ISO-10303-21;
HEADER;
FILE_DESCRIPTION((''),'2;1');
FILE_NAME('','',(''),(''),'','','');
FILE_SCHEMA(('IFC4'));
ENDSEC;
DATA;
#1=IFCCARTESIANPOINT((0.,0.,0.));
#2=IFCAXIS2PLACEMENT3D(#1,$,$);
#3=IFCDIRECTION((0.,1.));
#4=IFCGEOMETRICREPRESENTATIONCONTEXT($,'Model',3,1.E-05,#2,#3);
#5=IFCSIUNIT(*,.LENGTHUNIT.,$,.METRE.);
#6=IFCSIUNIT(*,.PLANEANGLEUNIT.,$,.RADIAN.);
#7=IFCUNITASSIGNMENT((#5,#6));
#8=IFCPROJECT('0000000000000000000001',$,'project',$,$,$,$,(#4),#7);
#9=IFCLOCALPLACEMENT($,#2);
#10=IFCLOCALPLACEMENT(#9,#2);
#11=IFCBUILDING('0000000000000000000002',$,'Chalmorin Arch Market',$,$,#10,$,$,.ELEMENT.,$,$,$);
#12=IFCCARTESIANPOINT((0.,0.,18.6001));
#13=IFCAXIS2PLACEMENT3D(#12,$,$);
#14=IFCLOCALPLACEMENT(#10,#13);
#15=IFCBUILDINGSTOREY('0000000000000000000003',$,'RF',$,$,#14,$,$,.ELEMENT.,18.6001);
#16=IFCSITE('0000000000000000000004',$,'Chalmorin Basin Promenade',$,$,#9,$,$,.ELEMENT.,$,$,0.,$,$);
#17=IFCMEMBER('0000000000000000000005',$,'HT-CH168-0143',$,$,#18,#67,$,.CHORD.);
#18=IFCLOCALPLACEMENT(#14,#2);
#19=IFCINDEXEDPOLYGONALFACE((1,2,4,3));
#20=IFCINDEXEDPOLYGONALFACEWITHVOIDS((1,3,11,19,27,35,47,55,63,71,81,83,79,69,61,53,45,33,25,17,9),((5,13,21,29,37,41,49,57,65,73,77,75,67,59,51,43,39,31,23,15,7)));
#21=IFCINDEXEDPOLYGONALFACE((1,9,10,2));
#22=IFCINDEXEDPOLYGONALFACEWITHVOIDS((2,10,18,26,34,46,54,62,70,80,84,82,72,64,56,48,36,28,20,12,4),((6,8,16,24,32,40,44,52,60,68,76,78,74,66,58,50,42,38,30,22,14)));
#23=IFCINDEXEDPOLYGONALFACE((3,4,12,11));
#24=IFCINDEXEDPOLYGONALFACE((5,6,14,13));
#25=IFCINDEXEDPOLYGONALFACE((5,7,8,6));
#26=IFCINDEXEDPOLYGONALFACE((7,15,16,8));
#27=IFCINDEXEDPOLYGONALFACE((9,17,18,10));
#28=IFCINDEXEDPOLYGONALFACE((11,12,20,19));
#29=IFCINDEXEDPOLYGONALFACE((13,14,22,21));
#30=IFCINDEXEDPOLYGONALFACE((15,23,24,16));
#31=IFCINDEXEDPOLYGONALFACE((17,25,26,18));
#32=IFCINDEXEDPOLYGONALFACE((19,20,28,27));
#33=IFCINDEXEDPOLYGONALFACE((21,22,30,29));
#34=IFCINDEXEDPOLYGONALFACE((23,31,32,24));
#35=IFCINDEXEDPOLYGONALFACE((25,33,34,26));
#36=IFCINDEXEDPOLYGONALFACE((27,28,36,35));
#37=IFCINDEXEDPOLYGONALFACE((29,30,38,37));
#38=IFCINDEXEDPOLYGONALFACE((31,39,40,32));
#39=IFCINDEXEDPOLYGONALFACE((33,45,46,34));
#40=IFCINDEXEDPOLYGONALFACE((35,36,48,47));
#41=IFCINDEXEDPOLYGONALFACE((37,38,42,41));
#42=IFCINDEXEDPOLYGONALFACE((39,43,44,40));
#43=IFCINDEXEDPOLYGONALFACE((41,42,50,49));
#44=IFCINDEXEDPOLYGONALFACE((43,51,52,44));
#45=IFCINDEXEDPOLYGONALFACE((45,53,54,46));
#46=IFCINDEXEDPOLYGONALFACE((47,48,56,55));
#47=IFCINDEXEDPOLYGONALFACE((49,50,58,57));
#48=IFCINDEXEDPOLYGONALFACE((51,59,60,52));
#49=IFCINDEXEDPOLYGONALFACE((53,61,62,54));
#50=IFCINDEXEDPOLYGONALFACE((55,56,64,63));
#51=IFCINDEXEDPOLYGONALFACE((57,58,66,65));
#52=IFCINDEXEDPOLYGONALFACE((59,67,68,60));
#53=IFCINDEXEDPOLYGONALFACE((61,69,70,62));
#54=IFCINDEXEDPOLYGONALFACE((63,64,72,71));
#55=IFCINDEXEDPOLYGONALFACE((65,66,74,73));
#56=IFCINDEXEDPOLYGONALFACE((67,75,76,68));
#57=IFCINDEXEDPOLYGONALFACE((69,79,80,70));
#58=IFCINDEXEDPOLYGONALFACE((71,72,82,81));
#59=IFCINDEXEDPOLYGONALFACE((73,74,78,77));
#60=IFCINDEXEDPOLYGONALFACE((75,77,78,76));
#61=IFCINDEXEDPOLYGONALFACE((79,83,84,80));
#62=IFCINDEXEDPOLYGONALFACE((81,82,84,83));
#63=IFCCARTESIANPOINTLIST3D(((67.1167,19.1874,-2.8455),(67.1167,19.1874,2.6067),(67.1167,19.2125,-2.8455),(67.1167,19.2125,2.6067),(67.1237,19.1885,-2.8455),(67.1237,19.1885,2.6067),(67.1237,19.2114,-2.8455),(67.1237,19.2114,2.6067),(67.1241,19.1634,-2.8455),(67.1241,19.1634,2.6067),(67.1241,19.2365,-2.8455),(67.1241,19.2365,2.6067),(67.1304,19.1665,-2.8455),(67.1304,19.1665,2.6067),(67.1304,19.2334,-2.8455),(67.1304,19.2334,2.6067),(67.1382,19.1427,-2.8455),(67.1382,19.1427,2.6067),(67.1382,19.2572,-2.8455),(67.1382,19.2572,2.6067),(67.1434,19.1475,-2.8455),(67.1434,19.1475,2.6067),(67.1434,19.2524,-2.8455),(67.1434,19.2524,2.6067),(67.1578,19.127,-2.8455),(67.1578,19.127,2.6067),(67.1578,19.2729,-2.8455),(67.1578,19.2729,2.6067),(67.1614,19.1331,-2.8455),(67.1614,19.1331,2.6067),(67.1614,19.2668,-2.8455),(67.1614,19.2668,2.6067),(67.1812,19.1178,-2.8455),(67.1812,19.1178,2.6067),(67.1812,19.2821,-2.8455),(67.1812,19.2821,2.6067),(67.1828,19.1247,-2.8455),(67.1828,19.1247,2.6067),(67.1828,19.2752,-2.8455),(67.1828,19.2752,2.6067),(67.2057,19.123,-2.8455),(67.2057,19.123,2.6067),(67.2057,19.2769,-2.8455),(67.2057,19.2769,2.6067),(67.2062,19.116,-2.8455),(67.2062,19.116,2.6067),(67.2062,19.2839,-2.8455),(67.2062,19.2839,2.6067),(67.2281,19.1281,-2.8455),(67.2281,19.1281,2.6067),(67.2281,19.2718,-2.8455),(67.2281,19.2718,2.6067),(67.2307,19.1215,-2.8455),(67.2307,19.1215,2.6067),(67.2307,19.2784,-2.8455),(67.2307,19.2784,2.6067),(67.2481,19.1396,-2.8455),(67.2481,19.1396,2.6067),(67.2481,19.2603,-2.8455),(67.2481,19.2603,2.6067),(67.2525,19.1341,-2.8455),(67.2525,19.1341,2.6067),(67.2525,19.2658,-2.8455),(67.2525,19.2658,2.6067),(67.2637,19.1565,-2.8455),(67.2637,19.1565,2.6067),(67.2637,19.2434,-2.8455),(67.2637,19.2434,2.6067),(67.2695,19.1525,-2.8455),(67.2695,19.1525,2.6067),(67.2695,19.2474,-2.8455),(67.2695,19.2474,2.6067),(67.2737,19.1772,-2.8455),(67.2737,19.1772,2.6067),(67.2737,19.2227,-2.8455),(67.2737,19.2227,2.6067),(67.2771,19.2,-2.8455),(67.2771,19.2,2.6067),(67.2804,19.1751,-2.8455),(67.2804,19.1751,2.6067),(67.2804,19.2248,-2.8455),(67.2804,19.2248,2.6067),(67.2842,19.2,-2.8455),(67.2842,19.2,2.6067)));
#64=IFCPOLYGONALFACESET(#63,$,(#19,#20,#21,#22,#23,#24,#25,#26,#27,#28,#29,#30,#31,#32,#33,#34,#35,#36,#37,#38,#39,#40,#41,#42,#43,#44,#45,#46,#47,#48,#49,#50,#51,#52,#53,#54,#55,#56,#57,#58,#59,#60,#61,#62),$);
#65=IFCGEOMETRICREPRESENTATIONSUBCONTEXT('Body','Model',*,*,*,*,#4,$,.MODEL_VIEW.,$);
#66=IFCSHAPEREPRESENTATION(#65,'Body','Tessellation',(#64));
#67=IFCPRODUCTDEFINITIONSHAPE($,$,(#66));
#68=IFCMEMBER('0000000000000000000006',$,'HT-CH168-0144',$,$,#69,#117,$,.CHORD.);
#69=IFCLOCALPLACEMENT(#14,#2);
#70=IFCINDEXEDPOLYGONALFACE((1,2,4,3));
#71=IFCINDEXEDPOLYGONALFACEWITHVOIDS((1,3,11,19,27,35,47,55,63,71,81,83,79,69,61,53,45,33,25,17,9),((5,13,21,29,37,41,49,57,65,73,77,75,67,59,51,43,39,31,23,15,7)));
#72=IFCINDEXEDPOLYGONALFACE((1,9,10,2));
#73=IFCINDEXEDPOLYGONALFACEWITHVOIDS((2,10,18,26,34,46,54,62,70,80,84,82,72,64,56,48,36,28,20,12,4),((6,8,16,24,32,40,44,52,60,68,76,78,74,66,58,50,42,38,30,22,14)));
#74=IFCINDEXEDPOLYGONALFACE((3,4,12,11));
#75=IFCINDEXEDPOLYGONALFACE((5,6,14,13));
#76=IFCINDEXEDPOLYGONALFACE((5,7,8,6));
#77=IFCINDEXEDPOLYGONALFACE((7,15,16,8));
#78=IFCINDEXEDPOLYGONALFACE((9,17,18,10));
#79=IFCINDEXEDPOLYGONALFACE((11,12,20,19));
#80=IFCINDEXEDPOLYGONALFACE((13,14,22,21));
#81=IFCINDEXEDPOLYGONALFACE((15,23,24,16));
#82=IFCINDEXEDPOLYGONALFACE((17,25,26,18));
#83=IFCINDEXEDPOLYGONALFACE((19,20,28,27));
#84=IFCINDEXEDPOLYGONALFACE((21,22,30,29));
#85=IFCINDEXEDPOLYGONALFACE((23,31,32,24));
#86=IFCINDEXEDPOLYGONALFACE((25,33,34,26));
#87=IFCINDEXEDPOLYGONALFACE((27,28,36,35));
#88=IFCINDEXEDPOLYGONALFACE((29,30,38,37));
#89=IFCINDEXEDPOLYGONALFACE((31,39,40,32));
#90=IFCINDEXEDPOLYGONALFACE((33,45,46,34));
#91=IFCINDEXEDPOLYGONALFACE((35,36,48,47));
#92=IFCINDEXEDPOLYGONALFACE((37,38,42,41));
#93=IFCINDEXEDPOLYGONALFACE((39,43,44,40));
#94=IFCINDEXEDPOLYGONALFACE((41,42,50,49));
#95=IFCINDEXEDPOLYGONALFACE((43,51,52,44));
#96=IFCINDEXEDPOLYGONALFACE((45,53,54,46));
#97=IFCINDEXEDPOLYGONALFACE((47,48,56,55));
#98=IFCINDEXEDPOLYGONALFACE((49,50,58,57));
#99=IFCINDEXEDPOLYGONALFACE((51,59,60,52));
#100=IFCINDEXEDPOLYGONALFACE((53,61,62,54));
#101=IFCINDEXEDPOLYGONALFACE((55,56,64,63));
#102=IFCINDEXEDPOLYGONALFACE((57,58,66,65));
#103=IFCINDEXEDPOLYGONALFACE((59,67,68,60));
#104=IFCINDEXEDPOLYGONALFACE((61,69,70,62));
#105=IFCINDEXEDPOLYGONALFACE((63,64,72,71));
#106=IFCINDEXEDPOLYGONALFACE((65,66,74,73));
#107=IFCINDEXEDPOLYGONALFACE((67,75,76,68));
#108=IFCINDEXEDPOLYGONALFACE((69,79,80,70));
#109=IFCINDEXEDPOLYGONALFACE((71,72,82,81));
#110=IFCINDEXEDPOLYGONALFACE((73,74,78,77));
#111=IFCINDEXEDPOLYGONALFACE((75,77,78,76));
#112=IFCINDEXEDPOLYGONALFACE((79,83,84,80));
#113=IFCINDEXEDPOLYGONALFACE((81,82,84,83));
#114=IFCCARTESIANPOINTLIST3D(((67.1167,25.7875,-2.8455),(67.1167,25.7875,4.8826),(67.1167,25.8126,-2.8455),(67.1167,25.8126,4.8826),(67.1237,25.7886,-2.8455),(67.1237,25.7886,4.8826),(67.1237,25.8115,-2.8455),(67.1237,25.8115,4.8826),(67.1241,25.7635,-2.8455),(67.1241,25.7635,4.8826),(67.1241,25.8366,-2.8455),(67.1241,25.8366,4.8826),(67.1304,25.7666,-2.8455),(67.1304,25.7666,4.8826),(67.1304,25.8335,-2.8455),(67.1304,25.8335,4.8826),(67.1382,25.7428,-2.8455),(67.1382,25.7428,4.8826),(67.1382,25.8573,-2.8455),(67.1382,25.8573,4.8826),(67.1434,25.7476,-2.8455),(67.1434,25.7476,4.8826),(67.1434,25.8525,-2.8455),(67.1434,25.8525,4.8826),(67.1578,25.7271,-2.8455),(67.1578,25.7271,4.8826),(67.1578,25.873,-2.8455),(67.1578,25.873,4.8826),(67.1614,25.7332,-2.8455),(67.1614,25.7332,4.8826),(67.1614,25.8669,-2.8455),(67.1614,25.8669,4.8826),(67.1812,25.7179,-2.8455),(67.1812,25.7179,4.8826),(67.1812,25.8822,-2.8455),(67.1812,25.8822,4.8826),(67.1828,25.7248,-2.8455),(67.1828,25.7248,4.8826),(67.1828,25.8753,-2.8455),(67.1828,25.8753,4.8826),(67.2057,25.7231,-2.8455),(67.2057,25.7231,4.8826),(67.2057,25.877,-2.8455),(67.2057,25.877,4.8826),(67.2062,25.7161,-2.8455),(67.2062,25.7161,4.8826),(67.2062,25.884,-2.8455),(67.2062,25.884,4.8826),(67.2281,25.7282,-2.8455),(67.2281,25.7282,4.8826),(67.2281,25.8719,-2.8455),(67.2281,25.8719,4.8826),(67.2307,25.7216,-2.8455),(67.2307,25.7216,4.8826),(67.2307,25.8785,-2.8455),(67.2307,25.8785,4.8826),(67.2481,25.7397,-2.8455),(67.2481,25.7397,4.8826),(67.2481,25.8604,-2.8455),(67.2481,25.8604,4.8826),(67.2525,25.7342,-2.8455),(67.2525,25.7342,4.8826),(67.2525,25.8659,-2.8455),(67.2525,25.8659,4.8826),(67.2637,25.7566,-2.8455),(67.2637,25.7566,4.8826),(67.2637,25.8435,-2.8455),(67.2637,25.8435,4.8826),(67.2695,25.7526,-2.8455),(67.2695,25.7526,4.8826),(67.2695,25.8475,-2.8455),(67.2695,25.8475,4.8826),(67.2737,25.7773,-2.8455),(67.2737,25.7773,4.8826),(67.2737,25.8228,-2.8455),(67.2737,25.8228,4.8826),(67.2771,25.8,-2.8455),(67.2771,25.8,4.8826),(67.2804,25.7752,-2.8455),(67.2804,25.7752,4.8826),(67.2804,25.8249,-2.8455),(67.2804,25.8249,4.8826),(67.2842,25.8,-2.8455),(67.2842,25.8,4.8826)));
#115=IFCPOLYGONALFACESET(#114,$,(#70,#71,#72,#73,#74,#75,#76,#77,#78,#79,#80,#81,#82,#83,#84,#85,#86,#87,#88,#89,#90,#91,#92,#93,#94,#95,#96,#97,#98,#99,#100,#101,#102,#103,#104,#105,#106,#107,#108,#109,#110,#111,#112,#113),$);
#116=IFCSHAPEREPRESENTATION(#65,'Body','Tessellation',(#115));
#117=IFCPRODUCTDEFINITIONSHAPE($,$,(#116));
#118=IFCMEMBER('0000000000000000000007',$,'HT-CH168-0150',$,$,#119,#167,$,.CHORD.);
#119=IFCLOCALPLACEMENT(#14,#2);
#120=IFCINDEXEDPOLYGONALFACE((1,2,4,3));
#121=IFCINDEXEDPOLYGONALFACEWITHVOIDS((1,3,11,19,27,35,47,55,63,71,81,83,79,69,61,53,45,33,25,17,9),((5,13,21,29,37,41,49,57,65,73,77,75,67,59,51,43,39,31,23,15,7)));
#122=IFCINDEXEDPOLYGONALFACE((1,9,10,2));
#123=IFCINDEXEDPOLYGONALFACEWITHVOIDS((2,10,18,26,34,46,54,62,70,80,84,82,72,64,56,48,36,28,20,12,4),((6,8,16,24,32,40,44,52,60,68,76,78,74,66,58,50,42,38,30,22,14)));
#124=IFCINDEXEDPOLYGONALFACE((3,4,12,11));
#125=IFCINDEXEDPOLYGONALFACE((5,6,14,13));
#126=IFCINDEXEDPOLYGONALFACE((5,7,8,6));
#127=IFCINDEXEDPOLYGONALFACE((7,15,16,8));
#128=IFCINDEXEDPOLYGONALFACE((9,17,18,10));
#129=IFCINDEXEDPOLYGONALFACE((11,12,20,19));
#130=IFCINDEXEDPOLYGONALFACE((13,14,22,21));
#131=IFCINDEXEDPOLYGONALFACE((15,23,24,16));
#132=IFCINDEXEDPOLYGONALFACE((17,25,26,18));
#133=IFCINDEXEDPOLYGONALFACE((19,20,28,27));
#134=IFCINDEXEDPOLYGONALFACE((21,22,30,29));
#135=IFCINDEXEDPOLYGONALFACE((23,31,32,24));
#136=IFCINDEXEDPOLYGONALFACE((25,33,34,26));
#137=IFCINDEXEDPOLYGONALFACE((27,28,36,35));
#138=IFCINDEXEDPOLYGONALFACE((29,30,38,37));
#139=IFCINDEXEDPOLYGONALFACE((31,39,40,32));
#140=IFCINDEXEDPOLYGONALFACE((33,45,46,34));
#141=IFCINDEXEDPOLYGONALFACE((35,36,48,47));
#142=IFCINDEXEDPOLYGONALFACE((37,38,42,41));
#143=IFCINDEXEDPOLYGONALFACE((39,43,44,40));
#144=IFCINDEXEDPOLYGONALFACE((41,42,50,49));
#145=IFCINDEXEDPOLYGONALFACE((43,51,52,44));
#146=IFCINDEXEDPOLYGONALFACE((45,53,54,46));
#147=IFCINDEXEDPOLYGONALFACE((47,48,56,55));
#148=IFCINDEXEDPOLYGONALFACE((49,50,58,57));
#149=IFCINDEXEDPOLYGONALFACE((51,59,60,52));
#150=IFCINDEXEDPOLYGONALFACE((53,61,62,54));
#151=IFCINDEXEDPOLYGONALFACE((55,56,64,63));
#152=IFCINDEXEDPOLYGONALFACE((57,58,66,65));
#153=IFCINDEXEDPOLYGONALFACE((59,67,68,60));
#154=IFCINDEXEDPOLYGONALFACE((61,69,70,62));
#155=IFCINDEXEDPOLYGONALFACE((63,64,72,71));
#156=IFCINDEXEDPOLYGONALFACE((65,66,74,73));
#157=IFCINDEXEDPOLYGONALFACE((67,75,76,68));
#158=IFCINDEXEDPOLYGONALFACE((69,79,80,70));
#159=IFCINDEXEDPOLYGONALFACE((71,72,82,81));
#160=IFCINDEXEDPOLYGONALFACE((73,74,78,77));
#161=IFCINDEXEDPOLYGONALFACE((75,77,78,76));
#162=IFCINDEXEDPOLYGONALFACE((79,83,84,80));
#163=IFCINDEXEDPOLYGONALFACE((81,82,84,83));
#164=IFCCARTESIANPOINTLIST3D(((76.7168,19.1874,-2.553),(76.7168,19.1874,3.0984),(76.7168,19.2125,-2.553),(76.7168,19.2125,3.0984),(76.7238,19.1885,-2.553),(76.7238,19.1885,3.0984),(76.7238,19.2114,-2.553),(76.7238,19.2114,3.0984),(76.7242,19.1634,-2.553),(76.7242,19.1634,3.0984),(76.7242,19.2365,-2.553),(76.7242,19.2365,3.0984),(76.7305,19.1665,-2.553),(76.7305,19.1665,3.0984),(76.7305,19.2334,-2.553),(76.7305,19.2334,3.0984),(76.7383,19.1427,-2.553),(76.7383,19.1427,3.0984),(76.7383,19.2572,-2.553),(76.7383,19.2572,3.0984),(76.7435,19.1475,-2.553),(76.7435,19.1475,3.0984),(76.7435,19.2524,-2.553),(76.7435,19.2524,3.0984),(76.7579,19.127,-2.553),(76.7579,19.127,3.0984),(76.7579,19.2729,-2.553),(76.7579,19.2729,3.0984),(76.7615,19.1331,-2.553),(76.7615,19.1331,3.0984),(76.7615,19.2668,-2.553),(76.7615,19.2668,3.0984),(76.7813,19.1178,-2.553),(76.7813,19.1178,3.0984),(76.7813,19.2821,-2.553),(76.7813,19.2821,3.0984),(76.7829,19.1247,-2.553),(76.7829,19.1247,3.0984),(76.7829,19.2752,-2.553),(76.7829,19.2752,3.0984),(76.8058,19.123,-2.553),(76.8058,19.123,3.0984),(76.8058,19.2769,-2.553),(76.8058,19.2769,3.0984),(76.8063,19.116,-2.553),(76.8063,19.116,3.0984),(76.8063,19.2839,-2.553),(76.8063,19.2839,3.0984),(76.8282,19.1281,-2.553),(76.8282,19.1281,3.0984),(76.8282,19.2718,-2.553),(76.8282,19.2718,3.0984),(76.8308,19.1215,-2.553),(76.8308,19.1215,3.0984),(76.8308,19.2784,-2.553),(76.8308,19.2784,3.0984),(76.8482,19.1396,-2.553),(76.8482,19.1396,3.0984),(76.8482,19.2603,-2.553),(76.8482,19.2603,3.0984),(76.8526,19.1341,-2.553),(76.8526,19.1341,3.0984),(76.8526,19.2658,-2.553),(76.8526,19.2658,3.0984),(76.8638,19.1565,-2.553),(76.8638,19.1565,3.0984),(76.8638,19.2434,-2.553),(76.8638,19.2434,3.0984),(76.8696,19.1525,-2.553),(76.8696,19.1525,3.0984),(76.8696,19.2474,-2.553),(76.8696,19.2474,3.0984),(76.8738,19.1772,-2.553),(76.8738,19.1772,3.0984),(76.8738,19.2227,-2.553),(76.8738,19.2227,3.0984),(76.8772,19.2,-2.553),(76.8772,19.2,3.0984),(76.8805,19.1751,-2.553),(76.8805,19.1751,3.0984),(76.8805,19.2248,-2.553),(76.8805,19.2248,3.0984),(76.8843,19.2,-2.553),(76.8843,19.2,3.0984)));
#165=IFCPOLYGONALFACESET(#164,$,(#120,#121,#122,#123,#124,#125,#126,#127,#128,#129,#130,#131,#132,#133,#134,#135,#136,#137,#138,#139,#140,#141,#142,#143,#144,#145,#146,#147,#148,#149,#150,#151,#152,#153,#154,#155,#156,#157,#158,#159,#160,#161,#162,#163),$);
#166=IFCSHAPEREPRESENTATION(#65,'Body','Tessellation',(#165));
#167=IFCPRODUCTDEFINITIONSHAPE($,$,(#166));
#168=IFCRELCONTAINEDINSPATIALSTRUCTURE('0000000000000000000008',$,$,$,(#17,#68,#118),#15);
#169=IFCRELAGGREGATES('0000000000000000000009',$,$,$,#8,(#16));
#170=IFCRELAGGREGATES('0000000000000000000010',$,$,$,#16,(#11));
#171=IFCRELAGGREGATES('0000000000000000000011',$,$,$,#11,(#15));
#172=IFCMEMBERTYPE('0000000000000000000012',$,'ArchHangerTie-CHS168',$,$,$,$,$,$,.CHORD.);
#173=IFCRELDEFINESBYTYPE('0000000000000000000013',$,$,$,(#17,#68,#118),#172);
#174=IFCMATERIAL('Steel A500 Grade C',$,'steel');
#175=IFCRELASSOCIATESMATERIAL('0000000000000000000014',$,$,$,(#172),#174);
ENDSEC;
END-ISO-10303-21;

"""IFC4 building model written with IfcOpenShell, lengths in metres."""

from ifc_helpers import new_model, si_unit, direction, frame, origin, origin_2d, place, context, subcontext, project, spatial, hollow_circle, extrude, material, material_profile, profile_set, type_object, element, save


model = new_model("IFC4")

# Units and contexts
model_context = context("Model", 3, precision=1e-05, world=origin(), true_north=direction((0.0, 1.0)))
body_context = subcontext(model_context, "Body", "Model", "MODEL_VIEW")
ifc_project = project(units=[si_unit("LENGTHUNIT", "METRE"), si_unit("PLANEANGLEUNIT", "RADIAN")], contexts=[model_context])

# Site, building, storey
site_placement = place(None, origin())
site = spatial("IfcSite", under=ifc_project, at=site_placement, Name="Chalmorin Basin Promenade", CompositionType="ELEMENT", RefElevation=0.0)
building_placement = place(site_placement, origin())
building = spatial("IfcBuilding", under=site, at=building_placement, Name="Chalmorin Arch Market", CompositionType="ELEMENT")
storey_placement = place(building_placement, frame((0.0, 0.0, 18.6001)))
storey = spatial("IfcBuildingStorey", under=building, at=storey_placement, Name="RF", CompositionType="ELEMENT", Elevation=18.6001)

# Members
ifc_material_1 = material(Name="Steel A500 Grade C", Category="steel")
ifc_material_profile_1 = material_profile(ifc_material_1, hollow_circle(Radius=0.0842, WallThickness=0.0071, at=origin_2d()), Name="CHS168X7")
ifc_profile_set_1 = profile_set([ifc_material_profile_1], Name="Steel A500 Grade C")
member_type_1 = type_object("IfcMemberType", Name="ArchHangerTie-CHS168", PredefinedType="CHORD", material=ifc_profile_set_1)
member_1_placement = place(storey_placement, frame((67.2, 19.2, -2.8455), z_axis=(0.0, 0.0, 1.0), x_axis=(1.0, 0.0, 0.0)))
element("IfcMember", 1, at=member_1_placement, inside=storey, type_object=member_type_1, Name="HT-CH168-0143", PredefinedType="CHORD", context=body_context, shape_type="SweptSolid", body=[
    extrude(hollow_circle(Radius=0.0842, WallThickness=0.0071, at=origin_2d()), origin(), (0.0, 0.0, 1.0), 5.4521),
])
member_2_placement = place(storey_placement, frame((67.2, 25.8, -2.8455), z_axis=(0.0, 0.0, 1.0), x_axis=(1.0, 0.0, 0.0)))
element("IfcMember", 2, at=member_2_placement, inside=storey, type_object=member_type_1, Name="HT-CH168-0144", PredefinedType="CHORD", context=body_context, shape_type="SweptSolid", body=[
    extrude(hollow_circle(Radius=0.0842, WallThickness=0.0071, at=origin_2d()), origin(), (0.0, 0.0, 1.0), 7.728),
])
member_3_placement = place(storey_placement, frame((76.8, 19.2, -2.553), z_axis=(0.0, 0.0, 1.0), x_axis=(1.0, 0.0, 0.0)))
element("IfcMember", 3, at=member_3_placement, inside=storey, type_object=member_type_1, Name="HT-CH168-0150", PredefinedType="CHORD", context=body_context, shape_type="SweptSolid", body=[
    extrude(hollow_circle(Radius=0.0842, WallThickness=0.0071, at=origin_2d()), origin(), (0.0, 0.0, 1.0), 5.6514),
])

save(model, "model.ifc")
